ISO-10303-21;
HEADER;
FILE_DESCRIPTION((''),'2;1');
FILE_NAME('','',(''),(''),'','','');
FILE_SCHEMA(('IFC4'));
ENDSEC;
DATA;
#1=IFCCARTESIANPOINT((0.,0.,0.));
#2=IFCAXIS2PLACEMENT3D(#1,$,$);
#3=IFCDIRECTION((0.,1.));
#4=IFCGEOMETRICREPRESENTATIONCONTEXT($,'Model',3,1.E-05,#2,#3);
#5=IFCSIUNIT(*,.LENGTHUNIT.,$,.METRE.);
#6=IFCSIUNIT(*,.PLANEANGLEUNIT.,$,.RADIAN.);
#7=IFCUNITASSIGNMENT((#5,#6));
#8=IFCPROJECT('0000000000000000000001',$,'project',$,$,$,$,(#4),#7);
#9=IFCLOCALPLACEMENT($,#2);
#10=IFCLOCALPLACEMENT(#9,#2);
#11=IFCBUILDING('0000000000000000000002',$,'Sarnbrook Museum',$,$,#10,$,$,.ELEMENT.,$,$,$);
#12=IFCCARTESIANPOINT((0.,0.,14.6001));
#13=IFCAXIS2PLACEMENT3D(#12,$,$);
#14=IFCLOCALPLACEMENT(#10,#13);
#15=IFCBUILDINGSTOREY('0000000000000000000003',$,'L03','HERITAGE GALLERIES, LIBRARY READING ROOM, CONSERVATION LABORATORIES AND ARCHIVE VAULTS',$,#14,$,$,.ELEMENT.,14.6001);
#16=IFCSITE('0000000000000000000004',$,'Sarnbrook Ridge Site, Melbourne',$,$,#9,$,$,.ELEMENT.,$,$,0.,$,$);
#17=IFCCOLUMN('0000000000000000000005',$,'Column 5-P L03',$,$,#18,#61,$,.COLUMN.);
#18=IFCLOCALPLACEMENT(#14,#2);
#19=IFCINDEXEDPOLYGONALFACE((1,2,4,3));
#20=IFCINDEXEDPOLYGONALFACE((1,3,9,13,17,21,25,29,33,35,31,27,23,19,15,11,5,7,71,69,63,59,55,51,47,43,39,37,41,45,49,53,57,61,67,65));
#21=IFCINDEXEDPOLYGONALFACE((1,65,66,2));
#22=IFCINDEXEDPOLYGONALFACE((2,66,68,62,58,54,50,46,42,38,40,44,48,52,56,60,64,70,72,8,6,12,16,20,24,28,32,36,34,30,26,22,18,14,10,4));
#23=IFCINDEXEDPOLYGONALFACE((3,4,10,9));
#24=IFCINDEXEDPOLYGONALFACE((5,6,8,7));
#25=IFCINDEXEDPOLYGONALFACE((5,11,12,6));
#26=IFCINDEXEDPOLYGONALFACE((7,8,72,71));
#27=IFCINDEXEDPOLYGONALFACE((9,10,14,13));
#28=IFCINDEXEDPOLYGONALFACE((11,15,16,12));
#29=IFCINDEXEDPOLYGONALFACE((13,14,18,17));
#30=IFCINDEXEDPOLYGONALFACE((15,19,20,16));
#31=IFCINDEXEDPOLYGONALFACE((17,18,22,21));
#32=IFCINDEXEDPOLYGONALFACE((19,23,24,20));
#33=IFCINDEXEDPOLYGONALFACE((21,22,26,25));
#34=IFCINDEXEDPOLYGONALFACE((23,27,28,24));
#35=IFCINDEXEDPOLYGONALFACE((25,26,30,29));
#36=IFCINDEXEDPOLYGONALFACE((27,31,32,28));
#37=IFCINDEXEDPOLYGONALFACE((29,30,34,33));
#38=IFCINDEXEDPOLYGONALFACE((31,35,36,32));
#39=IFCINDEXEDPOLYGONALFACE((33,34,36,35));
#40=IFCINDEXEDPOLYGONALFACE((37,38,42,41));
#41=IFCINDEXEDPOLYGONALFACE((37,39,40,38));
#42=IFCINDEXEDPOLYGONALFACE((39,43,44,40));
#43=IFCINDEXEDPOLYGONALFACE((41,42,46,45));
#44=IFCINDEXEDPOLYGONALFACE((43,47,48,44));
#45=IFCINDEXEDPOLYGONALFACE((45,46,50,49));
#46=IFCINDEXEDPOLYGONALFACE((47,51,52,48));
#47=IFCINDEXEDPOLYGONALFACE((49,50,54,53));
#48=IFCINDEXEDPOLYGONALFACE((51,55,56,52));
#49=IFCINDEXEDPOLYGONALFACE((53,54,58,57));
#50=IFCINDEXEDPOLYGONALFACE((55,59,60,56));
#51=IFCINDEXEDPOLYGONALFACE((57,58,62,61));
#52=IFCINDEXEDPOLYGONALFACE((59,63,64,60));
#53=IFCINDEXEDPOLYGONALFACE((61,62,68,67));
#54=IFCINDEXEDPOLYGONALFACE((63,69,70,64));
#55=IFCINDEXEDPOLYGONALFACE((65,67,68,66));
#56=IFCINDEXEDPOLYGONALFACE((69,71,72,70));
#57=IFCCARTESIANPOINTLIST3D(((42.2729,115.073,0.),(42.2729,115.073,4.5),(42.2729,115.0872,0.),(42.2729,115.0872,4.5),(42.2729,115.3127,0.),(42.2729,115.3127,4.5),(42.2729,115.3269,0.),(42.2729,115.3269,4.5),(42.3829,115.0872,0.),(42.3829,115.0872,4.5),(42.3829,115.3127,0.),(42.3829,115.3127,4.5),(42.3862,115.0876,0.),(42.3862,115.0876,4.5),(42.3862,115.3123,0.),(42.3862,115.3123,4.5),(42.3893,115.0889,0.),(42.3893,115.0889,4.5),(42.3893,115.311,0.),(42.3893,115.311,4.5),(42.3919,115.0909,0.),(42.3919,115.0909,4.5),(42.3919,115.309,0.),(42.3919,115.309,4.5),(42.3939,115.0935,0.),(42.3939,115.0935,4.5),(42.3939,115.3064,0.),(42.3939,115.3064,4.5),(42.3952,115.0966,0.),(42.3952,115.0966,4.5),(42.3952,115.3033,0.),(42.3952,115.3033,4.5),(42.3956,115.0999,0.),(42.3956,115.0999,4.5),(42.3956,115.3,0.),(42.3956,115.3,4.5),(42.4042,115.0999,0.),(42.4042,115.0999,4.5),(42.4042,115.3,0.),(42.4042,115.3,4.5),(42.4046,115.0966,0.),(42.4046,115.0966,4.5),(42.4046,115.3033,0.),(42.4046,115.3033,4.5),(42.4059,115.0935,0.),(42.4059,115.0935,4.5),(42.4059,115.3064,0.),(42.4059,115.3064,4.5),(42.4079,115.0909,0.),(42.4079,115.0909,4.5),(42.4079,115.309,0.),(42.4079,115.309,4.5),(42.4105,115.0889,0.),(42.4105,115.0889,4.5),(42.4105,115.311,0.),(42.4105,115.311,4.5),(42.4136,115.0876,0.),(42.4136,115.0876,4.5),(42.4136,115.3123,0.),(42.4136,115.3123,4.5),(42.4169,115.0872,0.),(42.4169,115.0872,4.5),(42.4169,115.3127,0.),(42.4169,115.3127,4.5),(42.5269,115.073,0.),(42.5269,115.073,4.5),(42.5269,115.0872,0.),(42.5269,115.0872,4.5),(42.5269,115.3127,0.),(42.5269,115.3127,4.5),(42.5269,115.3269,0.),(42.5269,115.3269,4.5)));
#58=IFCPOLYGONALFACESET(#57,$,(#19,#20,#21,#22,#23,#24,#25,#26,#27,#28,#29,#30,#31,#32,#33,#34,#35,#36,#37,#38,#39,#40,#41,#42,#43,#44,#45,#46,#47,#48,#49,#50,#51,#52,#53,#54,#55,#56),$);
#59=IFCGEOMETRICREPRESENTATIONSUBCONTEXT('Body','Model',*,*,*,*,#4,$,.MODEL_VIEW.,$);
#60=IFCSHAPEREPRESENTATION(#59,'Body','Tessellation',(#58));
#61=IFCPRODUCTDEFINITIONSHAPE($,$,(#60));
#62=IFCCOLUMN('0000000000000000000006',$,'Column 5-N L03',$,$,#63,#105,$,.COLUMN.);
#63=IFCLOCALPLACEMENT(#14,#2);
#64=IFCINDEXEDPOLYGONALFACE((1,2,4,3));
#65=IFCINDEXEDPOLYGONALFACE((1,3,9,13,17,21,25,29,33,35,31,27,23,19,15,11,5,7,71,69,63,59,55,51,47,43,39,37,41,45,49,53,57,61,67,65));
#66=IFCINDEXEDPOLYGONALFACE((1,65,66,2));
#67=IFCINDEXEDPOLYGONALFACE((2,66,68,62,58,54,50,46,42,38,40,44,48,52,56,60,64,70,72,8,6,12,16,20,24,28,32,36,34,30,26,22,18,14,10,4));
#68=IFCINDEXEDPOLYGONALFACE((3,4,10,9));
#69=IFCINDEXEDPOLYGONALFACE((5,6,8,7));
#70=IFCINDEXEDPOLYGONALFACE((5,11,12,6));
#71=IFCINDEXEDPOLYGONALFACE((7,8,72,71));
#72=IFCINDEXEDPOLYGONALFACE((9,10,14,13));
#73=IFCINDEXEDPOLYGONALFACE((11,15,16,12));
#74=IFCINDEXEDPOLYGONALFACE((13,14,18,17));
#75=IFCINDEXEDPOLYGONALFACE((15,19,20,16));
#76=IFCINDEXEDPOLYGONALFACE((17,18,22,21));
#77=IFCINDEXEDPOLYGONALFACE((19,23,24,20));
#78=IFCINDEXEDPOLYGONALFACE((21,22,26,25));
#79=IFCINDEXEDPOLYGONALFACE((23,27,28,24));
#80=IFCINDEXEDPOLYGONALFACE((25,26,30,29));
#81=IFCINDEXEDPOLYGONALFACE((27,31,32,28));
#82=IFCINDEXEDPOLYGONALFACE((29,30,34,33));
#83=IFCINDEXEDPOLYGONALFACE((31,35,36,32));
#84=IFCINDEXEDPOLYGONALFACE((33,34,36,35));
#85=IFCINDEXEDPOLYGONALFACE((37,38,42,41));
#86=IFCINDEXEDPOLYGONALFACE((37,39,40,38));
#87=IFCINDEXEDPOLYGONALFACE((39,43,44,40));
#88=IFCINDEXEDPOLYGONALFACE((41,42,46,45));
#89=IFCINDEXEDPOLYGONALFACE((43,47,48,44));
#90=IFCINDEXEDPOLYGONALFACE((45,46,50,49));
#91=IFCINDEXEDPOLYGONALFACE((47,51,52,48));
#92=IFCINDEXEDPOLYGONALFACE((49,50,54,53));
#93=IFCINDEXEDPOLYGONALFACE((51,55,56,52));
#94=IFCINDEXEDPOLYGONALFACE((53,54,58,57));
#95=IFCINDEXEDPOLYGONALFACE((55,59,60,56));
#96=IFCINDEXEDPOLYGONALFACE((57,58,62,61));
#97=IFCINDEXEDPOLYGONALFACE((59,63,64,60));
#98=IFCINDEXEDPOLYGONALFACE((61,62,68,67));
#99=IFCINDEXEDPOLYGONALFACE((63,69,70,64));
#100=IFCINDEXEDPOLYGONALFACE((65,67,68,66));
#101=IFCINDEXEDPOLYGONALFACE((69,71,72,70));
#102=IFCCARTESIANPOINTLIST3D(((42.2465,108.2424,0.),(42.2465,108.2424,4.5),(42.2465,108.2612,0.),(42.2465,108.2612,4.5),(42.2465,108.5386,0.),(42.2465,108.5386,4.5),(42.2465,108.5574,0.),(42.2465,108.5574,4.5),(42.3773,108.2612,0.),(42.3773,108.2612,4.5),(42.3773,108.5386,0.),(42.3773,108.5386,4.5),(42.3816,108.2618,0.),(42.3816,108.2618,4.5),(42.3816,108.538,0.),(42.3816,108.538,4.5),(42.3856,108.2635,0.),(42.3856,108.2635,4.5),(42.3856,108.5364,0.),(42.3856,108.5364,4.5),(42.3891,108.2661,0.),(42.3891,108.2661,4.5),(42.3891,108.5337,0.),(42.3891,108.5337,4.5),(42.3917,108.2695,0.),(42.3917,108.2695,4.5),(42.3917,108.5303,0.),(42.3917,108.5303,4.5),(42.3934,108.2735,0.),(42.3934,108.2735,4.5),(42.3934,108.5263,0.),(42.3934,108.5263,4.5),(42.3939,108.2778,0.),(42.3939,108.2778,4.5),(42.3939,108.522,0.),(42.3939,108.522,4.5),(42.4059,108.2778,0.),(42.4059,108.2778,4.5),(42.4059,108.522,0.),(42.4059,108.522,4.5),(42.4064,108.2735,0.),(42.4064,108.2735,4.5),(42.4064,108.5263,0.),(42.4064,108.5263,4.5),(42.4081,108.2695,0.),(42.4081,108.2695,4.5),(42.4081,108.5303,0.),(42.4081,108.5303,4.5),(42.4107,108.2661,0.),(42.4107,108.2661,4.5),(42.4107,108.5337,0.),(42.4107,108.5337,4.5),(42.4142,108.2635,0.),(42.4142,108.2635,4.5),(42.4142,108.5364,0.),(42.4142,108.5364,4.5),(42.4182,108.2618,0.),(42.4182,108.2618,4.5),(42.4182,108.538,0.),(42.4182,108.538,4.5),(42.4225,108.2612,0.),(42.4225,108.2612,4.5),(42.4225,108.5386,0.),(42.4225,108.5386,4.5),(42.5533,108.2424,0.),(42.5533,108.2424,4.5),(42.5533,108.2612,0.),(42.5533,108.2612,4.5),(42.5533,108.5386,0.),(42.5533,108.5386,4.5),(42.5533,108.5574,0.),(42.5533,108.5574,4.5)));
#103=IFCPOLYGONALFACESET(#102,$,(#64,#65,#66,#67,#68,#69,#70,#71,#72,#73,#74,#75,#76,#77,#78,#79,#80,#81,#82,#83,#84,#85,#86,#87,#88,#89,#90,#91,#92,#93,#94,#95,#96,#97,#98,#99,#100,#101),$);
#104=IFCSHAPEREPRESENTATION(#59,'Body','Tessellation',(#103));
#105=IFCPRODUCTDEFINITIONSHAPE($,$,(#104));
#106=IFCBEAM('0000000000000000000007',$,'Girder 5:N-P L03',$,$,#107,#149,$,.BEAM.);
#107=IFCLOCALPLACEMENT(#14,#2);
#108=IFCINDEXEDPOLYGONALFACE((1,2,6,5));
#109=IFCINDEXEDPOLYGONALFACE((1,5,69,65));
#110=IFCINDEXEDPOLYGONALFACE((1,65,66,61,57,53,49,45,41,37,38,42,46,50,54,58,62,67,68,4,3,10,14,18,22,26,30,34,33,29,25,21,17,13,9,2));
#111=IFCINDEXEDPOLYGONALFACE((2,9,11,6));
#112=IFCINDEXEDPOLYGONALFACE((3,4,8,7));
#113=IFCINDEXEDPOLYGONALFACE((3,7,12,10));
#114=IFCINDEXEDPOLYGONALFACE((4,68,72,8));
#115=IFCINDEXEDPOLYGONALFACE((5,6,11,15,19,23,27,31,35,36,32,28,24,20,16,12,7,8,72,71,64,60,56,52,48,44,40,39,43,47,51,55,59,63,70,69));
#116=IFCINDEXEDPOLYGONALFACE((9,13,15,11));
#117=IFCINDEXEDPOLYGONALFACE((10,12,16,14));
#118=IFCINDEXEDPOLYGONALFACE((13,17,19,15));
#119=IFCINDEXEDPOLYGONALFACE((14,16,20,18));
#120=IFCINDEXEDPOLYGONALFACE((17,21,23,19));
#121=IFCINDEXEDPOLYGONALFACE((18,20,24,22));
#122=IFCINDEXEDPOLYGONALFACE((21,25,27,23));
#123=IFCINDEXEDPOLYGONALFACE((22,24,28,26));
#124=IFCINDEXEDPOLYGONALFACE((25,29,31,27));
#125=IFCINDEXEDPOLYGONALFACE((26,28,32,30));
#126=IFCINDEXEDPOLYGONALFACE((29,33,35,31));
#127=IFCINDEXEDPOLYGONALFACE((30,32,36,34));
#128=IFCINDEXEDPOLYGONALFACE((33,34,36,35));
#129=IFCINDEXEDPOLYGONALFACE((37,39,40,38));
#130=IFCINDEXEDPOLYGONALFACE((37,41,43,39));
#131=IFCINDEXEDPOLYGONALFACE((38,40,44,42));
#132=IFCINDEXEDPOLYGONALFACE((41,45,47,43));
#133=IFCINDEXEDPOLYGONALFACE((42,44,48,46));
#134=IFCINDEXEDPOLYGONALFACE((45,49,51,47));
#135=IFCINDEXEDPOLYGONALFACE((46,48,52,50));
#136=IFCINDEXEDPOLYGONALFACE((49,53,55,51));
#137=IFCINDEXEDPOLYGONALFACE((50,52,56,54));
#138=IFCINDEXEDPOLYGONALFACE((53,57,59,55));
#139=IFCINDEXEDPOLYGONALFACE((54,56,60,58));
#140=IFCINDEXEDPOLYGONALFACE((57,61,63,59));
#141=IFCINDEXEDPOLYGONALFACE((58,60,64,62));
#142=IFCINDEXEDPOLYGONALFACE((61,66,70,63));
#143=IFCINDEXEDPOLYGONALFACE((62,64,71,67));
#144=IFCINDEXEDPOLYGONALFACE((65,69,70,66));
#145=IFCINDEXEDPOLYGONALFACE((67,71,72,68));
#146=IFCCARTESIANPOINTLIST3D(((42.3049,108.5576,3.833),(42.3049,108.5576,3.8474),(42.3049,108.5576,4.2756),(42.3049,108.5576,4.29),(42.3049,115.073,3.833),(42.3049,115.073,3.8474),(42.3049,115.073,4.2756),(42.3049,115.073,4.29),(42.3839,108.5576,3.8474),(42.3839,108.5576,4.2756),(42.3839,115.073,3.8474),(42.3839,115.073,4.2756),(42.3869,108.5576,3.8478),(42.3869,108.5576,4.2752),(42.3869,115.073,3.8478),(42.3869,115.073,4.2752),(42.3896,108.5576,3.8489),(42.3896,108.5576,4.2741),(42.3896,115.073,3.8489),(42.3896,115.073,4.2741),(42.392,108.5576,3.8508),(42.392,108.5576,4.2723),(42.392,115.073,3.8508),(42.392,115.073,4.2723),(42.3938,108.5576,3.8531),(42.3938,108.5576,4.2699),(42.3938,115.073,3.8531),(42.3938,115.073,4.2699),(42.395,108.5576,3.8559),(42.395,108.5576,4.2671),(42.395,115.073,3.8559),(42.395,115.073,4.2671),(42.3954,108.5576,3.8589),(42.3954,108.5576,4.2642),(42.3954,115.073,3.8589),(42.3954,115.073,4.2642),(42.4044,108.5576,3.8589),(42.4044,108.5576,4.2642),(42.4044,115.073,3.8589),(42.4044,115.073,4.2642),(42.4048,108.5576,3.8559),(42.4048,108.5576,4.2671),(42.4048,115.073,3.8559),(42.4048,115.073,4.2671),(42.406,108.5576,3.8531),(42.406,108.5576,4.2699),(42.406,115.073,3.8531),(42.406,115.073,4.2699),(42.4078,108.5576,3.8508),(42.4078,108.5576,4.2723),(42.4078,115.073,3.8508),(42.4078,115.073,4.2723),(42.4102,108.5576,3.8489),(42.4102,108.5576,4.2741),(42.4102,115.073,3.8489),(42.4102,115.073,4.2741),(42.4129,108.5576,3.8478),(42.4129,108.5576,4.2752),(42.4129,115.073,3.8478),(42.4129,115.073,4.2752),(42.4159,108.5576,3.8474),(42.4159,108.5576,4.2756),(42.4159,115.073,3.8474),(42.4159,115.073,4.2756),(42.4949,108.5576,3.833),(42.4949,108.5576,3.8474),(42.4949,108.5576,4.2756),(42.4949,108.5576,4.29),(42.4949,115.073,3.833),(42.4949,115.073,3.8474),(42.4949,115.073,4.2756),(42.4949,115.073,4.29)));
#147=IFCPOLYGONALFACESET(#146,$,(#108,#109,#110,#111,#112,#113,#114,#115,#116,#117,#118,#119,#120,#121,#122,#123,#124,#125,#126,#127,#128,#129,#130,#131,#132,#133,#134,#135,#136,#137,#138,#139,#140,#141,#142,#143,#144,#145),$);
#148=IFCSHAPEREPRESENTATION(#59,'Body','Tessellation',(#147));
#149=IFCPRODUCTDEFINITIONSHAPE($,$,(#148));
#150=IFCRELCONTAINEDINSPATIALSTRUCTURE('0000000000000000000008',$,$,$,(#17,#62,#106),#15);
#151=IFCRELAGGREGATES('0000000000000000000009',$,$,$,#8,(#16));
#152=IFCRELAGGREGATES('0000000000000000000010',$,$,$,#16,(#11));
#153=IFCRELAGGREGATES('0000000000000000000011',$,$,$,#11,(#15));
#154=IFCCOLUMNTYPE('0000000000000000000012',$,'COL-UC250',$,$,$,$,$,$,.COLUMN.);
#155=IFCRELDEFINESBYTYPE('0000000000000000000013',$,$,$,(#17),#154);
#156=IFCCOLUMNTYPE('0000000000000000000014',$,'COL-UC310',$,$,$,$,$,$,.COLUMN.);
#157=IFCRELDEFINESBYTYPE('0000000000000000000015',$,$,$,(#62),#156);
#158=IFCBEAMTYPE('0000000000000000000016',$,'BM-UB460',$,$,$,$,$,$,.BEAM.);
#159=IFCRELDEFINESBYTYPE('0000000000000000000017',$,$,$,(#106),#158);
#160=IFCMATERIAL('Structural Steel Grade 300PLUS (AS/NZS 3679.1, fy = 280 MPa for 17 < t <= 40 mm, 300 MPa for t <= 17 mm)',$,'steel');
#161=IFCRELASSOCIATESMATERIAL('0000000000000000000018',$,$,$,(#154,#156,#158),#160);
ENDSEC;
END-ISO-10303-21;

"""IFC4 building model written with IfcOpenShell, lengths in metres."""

from ifc_helpers import new_model, si_unit, direction, frame, origin, origin_2d, place, context, subcontext, project, spatial, i_section, extrude, material, material_profile, profile_set, type_object, element, save


model = new_model("IFC4")

# Units and contexts
model_context = context("Model", 3, precision=1e-05, world=origin(), true_north=direction((0.0, 1.0)))
body_context = subcontext(model_context, "Body", "Model", "MODEL_VIEW")
ifc_project = project(units=[si_unit("LENGTHUNIT", "METRE"), si_unit("PLANEANGLEUNIT", "RADIAN")], contexts=[model_context])

# Site, building, storey
site_placement = place(None, origin())
site = spatial("IfcSite", under=ifc_project, at=site_placement, Name="Sarnbrook Ridge Site, Melbourne", CompositionType="ELEMENT", RefElevation=0.0)
building_placement = place(site_placement, origin())
building = spatial("IfcBuilding", under=site, at=building_placement, Name="Sarnbrook Museum", CompositionType="ELEMENT")
storey_placement = place(building_placement, frame((0.0, 0.0, 14.6001)))
storey = spatial("IfcBuildingStorey", under=building, at=storey_placement, Name="L03", Description="HERITAGE GALLERIES, LIBRARY READING ROOM, CONSERVATION LABORATORIES AND ARCHIVE VAULTS", CompositionType="ELEMENT", Elevation=14.6001)

# Columns
ifc_material_1 = material(Name="Structural Steel Grade 300PLUS (AS/NZS 3679.1, fy = 280 MPa for 17 < t <= 40 mm, 300 MPa for t <= 17 mm)", Category="steel")
ifc_material_profile_1 = material_profile(ifc_material_1, i_section(OverallWidth=0.2539, OverallDepth=0.2539, WebThickness=0.0085, FlangeThickness=0.0142, FilletRadius=0.0127, at=origin_2d()), Name="250UC72.9")
ifc_profile_set_1 = profile_set([ifc_material_profile_1], Name="Structural Steel Grade 300PLUS (AS/NZS 3679.1, fy = 280 MPa for 17 < t <= 40 mm, 300 MPa for t <= 17 mm)")
column_type_1 = type_object("IfcColumnType", Name="COL-UC250", PredefinedType="COLUMN", material=ifc_profile_set_1)
column_1_placement = place(storey_placement, frame((42.3999, 115.2, 0.0), z_axis=(0.0, 0.0, 1.0), x_axis=(1.0, 0.0, 0.0)))
element("IfcColumn", 1, at=column_1_placement, inside=storey, type_object=column_type_1, Name="Column 5-P L03", PredefinedType="COLUMN", context=body_context, shape_type="SweptSolid", body=[
    extrude(i_section(OverallWidth=0.2539, OverallDepth=0.2539, WebThickness=0.0085, FlangeThickness=0.0142, FilletRadius=0.0127, at=origin_2d()), origin(), (0.0, 0.0, 1.0), 4.5),
])
ifc_material_profile_2 = material_profile(ifc_material_1, i_section(OverallWidth=0.3069, OverallDepth=0.3149, WebThickness=0.012, FlangeThickness=0.0188, FilletRadius=0.0166, at=origin_2d()), Name="310UC118")
ifc_profile_set_2 = profile_set([ifc_material_profile_2], Name="Structural Steel Grade 300PLUS (AS/NZS 3679.1, fy = 280 MPa for 17 < t <= 40 mm, 300 MPa for t <= 17 mm)")
column_type_2 = type_object("IfcColumnType", Name="COL-UC310", PredefinedType="COLUMN", material=ifc_profile_set_2)
column_2_placement = place(storey_placement, frame((42.3999, 108.3999, 0.0), z_axis=(0.0, 0.0, 1.0), x_axis=(1.0, 0.0, 0.0)))
element("IfcColumn", 2, at=column_2_placement, inside=storey, type_object=column_type_2, Name="Column 5-N L03", PredefinedType="COLUMN", context=body_context, shape_type="SweptSolid", body=[
    extrude(i_section(OverallWidth=0.3069, OverallDepth=0.3149, WebThickness=0.012, FlangeThickness=0.0188, FilletRadius=0.0166, at=origin_2d()), origin(), (0.0, 0.0, 1.0), 4.5),
])

# Beam
ifc_material_profile_3 = material_profile(ifc_material_1, i_section(OverallWidth=0.1899, OverallDepth=0.457, WebThickness=0.009, FlangeThickness=0.0144, FilletRadius=0.0115, at=origin_2d()), Name="460UB74.6")
ifc_profile_set_3 = profile_set([ifc_material_profile_3], Name="Structural Steel Grade 300PLUS (AS/NZS 3679.1, fy = 280 MPa for 17 < t <= 40 mm, 300 MPa for t <= 17 mm)")
beam_type_1 = type_object("IfcBeamType", Name="BM-UB460", PredefinedType="BEAM", material=ifc_profile_set_3)
beam_1_placement = place(storey_placement, frame((42.3999, 108.5576, 4.0615), z_axis=(0.0, 1.0, 0.0), x_axis=(-1.0, 0.0, 0.0)))
element("IfcBeam", 3, at=beam_1_placement, inside=storey, type_object=beam_type_1, Name="Girder 5:N-P L03", PredefinedType="BEAM", context=body_context, shape_type="SweptSolid", body=[
    extrude(i_section(OverallWidth=0.1899, OverallDepth=0.457, WebThickness=0.009, FlangeThickness=0.0144, FilletRadius=0.0115, at=origin_2d()), origin(), (0.0, 0.0, 1.0), 6.5154),
])

save(model, "model.ifc")
